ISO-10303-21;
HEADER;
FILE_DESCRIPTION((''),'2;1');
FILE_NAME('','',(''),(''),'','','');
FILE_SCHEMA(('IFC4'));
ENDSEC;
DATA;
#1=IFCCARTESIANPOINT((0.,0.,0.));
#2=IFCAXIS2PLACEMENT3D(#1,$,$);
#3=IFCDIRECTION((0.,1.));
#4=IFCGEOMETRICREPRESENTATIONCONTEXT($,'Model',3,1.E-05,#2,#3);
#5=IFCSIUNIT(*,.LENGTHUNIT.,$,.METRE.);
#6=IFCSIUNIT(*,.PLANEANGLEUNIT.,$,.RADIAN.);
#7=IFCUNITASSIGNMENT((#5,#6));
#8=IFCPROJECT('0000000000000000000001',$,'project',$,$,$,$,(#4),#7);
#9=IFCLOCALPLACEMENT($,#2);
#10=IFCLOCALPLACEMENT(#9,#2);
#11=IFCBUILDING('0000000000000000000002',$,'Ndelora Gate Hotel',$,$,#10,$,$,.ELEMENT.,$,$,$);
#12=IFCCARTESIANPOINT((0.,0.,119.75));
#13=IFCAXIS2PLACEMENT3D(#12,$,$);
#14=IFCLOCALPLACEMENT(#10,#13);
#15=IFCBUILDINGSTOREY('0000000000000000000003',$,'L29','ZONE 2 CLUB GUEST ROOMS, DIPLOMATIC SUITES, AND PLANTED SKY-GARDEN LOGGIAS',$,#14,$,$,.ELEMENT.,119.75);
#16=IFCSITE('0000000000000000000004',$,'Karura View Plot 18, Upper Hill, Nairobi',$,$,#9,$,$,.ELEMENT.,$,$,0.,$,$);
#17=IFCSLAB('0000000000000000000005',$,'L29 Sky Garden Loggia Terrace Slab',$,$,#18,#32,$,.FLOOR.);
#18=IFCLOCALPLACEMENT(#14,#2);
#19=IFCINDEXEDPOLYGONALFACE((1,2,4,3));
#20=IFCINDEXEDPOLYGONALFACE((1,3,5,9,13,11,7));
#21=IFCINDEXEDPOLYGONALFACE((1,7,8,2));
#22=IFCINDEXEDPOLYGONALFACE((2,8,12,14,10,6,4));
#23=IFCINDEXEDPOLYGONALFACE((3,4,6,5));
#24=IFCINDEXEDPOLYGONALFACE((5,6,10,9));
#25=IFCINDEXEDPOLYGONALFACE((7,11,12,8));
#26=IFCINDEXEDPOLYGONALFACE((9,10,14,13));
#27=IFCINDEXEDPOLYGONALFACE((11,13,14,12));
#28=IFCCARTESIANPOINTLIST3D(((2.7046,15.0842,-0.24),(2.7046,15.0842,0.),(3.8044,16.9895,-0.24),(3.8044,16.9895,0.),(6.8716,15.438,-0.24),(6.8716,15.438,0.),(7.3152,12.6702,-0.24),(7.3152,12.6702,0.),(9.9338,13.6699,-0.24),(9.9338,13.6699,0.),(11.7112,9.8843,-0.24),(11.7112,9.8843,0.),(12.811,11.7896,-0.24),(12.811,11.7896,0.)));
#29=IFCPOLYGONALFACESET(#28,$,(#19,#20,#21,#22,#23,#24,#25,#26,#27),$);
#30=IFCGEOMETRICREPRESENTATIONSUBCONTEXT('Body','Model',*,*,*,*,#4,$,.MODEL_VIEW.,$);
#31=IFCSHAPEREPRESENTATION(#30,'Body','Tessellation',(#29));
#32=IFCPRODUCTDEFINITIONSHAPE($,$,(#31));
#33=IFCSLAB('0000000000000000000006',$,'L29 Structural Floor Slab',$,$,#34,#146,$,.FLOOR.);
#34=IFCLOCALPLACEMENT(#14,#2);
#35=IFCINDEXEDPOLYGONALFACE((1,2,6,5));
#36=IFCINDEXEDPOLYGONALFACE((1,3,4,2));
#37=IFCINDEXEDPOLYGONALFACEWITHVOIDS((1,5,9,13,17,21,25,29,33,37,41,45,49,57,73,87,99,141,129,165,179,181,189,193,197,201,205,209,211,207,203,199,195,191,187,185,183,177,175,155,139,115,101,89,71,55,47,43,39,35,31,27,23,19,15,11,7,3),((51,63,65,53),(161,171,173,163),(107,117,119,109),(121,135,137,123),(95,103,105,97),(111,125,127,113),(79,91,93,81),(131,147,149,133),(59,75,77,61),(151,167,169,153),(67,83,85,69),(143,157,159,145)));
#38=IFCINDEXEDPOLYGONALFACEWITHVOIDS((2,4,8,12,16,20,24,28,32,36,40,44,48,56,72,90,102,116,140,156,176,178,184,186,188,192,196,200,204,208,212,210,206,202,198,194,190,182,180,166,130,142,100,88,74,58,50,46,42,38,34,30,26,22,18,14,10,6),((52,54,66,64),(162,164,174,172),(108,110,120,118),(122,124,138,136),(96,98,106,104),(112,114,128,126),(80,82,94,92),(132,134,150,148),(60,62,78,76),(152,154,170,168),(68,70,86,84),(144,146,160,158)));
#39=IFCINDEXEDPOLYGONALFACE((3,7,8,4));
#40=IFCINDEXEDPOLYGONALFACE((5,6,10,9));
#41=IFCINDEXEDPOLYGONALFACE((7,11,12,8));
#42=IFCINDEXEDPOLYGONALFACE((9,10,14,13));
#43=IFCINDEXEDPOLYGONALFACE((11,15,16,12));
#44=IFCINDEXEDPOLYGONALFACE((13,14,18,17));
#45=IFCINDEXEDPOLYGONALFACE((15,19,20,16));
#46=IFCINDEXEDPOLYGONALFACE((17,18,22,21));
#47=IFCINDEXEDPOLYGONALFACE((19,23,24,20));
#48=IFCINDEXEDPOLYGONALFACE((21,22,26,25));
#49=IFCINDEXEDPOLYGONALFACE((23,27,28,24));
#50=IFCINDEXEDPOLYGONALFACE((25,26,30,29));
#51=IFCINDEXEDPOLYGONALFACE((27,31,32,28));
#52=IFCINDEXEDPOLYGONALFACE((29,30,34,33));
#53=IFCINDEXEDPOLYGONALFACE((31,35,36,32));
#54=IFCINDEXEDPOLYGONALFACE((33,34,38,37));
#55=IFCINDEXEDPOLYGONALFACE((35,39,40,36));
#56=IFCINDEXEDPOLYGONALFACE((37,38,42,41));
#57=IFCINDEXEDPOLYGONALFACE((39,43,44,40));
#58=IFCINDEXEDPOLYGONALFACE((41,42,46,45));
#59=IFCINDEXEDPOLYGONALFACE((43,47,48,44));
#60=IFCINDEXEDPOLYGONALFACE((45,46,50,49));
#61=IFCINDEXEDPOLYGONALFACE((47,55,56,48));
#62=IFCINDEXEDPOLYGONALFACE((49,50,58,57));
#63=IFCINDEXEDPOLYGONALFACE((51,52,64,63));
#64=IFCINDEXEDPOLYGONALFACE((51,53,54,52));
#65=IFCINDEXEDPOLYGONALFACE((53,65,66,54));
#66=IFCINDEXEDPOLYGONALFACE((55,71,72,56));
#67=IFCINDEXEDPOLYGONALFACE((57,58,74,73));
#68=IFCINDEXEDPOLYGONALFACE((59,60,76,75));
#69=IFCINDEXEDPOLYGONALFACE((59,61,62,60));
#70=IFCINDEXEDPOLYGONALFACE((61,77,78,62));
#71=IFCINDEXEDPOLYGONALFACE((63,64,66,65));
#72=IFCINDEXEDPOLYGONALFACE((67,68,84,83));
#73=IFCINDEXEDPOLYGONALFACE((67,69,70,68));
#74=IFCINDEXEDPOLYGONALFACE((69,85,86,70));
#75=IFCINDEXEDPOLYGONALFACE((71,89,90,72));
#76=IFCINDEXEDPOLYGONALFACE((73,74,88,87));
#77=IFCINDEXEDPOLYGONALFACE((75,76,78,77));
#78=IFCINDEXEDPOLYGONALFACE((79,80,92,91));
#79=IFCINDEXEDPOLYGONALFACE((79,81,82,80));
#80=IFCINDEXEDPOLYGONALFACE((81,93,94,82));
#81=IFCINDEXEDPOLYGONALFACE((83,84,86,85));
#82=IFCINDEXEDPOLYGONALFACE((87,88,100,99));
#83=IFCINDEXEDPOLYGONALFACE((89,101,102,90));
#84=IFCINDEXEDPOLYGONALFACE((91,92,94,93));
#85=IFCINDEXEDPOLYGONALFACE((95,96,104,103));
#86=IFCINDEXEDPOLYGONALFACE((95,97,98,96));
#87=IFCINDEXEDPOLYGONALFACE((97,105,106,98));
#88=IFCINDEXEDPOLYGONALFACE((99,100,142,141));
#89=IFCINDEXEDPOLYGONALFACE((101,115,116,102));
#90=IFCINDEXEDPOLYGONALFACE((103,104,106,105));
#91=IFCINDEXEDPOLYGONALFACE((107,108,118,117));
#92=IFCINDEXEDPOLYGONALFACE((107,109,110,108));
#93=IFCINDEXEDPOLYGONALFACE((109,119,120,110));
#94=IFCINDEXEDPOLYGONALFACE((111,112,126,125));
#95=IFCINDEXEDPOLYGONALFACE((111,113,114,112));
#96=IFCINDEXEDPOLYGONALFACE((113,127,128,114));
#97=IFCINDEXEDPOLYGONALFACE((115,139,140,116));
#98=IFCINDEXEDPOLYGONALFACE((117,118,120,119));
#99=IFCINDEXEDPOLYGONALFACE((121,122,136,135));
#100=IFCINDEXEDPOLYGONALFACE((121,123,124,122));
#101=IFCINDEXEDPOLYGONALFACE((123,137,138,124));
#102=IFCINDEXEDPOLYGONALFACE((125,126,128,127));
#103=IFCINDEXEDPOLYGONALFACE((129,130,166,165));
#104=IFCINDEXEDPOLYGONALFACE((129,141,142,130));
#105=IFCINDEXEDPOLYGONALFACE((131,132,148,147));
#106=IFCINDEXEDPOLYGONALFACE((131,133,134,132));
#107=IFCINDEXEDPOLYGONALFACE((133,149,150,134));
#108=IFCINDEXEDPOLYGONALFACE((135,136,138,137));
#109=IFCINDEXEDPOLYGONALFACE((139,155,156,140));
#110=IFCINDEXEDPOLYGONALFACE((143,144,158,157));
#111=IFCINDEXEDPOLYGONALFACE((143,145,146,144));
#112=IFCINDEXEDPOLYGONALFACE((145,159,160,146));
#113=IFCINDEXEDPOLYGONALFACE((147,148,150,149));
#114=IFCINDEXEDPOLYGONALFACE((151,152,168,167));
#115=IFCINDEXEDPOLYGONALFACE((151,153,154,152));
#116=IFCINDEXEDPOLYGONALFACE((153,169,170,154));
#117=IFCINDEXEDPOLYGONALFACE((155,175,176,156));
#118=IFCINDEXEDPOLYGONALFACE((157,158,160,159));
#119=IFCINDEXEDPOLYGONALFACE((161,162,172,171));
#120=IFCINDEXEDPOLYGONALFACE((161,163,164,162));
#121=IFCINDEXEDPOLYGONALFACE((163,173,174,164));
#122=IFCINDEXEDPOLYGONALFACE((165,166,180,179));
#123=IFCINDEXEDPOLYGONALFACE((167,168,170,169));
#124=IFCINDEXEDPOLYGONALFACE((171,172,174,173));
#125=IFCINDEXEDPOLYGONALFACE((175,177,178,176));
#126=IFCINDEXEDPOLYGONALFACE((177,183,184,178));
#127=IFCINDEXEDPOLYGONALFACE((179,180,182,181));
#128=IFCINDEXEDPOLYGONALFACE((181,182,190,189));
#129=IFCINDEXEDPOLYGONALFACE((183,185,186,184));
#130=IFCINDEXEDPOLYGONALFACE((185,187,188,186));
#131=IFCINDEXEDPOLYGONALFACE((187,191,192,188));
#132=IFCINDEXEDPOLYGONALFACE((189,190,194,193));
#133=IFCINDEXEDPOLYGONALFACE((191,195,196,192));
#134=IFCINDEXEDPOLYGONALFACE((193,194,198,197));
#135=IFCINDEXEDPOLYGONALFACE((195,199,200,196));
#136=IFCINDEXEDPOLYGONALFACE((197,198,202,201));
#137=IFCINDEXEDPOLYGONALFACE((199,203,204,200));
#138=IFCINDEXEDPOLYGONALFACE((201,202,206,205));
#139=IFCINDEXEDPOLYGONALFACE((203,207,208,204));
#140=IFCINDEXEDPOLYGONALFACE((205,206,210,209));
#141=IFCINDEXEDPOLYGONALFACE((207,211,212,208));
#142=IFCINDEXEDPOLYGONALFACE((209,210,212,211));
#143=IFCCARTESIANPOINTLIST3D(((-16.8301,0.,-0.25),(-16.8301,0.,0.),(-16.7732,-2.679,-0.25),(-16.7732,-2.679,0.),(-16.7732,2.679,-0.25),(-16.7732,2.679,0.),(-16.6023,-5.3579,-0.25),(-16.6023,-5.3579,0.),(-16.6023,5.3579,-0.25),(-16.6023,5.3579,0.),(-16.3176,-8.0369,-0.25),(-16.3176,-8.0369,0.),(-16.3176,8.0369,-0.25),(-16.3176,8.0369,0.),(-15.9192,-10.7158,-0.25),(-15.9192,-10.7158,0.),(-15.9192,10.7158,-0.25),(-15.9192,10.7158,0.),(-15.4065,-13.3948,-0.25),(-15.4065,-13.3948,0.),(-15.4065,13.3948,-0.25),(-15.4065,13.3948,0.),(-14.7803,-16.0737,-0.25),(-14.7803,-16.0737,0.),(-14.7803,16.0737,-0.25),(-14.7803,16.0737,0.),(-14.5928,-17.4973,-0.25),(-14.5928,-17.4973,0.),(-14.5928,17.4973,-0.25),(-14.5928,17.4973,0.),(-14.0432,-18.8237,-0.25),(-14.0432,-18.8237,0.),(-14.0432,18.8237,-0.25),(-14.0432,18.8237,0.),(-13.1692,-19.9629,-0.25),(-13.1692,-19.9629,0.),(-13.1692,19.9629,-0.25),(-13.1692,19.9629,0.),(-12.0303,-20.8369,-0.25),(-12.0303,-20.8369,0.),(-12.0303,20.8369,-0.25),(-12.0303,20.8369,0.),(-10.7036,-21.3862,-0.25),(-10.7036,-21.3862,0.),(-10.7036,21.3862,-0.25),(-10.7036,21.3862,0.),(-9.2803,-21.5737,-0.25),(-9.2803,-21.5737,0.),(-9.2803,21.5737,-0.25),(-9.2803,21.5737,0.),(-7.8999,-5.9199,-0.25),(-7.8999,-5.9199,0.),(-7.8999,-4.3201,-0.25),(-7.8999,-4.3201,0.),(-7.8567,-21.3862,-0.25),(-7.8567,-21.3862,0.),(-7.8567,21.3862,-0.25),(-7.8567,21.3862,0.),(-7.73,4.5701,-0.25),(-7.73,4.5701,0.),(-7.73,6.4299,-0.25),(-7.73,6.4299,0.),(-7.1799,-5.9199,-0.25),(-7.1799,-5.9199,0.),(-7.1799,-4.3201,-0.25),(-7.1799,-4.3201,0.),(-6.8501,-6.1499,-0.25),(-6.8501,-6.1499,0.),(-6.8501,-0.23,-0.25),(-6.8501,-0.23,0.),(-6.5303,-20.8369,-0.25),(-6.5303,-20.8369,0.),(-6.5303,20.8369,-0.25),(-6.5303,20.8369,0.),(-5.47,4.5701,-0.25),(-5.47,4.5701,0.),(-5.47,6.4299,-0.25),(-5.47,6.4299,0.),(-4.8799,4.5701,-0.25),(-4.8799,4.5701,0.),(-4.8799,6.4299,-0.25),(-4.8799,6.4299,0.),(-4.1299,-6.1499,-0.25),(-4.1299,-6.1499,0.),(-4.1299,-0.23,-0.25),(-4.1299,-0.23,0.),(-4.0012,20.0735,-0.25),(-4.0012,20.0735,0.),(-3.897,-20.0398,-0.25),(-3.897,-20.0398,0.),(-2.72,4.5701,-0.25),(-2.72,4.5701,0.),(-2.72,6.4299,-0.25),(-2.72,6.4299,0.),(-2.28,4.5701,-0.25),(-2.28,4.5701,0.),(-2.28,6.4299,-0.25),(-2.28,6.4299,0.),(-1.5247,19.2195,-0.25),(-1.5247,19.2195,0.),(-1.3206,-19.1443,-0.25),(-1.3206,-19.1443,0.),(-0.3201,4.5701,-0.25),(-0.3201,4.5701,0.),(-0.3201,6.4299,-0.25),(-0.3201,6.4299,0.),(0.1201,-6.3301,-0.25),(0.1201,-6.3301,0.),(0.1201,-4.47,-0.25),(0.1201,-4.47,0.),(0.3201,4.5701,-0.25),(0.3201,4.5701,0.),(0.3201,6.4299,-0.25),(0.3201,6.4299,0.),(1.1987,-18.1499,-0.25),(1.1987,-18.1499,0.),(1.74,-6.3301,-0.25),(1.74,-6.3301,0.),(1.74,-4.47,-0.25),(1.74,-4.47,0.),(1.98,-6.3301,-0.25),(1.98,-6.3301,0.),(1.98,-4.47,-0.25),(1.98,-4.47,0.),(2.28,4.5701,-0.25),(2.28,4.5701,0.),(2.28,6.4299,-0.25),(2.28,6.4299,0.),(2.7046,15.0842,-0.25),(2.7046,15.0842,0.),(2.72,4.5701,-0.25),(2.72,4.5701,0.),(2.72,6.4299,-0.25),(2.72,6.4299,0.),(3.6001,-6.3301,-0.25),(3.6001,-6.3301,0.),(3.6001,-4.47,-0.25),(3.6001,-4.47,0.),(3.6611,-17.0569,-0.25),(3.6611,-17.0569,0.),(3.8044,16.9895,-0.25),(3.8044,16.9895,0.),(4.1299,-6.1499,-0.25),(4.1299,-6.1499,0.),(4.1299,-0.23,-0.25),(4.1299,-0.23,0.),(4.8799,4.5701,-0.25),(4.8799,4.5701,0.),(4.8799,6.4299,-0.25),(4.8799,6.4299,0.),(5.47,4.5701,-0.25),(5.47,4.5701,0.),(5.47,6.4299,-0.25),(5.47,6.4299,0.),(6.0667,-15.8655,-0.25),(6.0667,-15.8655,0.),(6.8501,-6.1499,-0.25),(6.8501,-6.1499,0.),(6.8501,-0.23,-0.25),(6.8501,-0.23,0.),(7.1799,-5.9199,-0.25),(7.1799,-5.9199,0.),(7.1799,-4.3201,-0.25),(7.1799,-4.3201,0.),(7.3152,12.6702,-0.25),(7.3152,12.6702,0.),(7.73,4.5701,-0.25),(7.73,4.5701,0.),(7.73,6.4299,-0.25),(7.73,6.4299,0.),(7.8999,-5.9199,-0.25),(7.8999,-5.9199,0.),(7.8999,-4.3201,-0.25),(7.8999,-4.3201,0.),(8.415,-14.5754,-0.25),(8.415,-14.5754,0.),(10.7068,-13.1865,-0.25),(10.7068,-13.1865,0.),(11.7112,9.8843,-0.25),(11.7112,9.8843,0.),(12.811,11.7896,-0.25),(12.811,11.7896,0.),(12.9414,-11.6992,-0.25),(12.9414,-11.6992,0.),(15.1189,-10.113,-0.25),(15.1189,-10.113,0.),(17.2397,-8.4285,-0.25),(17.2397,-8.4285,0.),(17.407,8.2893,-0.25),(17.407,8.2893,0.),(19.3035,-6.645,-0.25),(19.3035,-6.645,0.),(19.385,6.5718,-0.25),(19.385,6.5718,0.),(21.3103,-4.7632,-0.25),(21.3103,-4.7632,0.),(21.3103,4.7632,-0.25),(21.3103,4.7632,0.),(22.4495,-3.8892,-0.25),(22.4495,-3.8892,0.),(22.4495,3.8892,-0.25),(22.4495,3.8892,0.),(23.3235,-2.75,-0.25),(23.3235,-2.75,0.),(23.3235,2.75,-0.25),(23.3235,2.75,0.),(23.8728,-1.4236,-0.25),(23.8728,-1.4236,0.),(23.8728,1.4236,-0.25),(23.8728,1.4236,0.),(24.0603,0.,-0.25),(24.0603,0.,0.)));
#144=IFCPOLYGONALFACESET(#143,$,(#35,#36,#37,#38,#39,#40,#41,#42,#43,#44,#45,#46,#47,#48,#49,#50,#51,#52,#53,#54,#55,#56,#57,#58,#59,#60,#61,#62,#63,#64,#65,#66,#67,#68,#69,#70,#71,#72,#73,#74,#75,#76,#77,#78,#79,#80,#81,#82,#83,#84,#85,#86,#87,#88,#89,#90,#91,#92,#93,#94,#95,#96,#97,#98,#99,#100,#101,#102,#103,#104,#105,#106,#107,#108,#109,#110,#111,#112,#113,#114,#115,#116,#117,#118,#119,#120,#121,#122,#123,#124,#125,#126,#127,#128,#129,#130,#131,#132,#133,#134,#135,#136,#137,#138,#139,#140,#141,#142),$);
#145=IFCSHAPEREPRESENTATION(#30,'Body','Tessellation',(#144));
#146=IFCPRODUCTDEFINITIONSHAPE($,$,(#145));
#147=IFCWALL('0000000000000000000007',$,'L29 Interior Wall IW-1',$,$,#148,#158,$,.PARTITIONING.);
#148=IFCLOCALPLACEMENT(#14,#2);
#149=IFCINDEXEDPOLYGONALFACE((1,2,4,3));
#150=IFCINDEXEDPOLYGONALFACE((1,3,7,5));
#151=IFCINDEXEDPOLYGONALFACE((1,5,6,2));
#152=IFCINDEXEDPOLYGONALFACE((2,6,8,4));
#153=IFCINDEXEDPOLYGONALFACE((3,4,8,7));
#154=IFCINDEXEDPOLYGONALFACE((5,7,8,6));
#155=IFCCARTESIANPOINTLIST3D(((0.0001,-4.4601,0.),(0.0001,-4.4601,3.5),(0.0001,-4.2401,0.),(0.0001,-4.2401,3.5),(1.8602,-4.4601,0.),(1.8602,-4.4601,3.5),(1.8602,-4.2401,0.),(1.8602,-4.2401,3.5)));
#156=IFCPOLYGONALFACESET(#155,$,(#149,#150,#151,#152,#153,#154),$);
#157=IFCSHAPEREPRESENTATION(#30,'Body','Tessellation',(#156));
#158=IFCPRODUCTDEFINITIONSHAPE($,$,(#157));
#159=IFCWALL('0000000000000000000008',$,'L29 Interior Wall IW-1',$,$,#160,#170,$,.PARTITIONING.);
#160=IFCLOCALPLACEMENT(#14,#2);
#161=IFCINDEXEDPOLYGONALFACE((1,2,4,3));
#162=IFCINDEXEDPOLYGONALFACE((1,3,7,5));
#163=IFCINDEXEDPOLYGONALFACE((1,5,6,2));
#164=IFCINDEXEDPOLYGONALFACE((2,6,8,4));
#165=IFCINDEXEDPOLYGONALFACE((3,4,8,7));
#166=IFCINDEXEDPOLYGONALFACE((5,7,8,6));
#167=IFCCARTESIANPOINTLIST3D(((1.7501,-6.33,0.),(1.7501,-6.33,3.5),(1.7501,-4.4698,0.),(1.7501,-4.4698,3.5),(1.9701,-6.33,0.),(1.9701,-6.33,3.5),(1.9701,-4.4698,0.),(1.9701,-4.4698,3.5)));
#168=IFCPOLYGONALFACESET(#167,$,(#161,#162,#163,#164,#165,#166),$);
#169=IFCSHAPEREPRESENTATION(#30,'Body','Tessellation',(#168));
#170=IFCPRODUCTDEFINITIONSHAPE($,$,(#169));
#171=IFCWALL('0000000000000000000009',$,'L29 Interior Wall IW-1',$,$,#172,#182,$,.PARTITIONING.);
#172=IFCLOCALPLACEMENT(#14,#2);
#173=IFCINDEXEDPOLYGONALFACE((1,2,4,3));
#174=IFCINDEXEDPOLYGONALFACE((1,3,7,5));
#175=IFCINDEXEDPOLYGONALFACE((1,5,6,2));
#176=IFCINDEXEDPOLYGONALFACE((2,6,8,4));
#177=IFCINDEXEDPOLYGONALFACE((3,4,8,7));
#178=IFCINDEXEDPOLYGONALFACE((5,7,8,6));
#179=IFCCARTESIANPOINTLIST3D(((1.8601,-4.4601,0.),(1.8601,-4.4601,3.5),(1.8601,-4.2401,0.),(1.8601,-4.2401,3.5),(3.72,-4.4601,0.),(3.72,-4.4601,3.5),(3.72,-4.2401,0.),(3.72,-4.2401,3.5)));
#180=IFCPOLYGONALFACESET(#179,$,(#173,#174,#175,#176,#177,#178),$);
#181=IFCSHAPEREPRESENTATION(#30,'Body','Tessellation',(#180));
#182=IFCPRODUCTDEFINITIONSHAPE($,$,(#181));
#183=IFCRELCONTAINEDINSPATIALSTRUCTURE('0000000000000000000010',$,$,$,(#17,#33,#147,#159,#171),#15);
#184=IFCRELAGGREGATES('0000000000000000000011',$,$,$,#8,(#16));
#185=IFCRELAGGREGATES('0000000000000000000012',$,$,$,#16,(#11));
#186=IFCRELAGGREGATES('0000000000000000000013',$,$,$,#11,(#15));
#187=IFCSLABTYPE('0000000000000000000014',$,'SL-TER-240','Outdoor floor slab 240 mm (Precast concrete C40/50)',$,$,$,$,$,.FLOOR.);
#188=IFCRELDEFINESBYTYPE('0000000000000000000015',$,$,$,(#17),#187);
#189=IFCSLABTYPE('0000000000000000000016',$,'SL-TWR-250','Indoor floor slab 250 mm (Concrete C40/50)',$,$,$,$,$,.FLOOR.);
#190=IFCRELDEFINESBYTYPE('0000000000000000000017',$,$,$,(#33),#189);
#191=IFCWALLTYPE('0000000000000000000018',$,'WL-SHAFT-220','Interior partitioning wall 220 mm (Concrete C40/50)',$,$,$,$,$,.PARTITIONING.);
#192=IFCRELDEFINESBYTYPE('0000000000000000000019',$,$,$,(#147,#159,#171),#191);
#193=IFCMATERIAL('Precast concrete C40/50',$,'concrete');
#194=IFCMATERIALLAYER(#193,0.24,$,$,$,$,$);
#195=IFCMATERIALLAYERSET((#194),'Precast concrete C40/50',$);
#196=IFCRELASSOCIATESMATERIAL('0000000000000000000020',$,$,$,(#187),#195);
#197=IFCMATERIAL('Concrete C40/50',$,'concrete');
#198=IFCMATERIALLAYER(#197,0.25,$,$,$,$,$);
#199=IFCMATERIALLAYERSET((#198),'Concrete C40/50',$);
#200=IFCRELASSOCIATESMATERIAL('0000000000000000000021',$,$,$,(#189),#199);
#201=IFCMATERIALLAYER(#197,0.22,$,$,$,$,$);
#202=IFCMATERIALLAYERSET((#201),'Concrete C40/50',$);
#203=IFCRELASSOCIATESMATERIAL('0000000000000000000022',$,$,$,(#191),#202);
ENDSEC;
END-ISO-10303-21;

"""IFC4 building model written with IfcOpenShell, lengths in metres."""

from ifc_helpers import new_model, si_unit, direction, frame, frame_2d, origin, place, context, subcontext, project, spatial, polyline, rectangle, outline, extrude, material, layer, layer_set, type_object, element, save


model = new_model("IFC4")

# Units and contexts
model_context = context("Model", 3, precision=1e-05, world=origin(), true_north=direction((0.0, 1.0)))
body_context = subcontext(model_context, "Body", "Model", "MODEL_VIEW")
ifc_project = project(units=[si_unit("LENGTHUNIT", "METRE"), si_unit("PLANEANGLEUNIT", "RADIAN")], contexts=[model_context])

# Site, building, storey
site_placement = place(None, origin())
site = spatial("IfcSite", under=ifc_project, at=site_placement, Name="Karura View Plot 18, Upper Hill, Nairobi", CompositionType="ELEMENT", RefElevation=0.0)
building_placement = place(site_placement, origin())
building = spatial("IfcBuilding", under=site, at=building_placement, Name="Ndelora Gate Hotel", CompositionType="ELEMENT")
storey_placement = place(building_placement, frame((0.0, 0.0, 119.75)))
storey = spatial("IfcBuildingStorey", under=building, at=storey_placement, Name="L29", Description="ZONE 2 CLUB GUEST ROOMS, DIPLOMATIC SUITES, AND PLANTED SKY-GARDEN LOGGIAS", CompositionType="ELEMENT", Elevation=119.75)

# Slabs
ifc_material_1 = material(Name="Precast concrete C40/50", Category="concrete")
ifc_layer_1 = layer(ifc_material_1, 0.24)
ifc_layer_set_1 = layer_set([ifc_layer_1], Name="Precast concrete C40/50")
slab_type_1 = type_object("IfcSlabType", Name="SL-TER-240", Description="Outdoor floor slab 240 mm (Precast concrete C40/50)", PredefinedType="FLOOR", material=ifc_layer_set_1)
slab_1_placement = place(storey_placement, frame((0.0, 0.0, -0.24)))
element("IfcSlab", 1, at=slab_1_placement, inside=storey, type_object=slab_type_1, Name="L29 Sky Garden Loggia Terrace Slab", PredefinedType="FLOOR", context=body_context, shape_type="SweptSolid", body=[
    extrude(outline(polyline([(11.7112, 9.8843), (12.811, 11.7896), (9.9338, 13.6699), (6.8716, 15.438), (3.8044, 16.9895), (2.7046, 15.0842), (7.3152, 12.6702), (11.7112, 9.8843)])), origin(), (0.0, 0.0, 1.0), 0.24),
])
ifc_material_2 = material(Name="Concrete C40/50", Category="concrete")
ifc_layer_2 = layer(ifc_material_2, 0.25)
ifc_layer_set_2 = layer_set([ifc_layer_2], Name="Concrete C40/50")
slab_type_2 = type_object("IfcSlabType", Name="SL-TWR-250", Description="Indoor floor slab 250 mm (Concrete C40/50)", PredefinedType="FLOOR", material=ifc_layer_set_2)
slab_2_placement = place(storey_placement, frame((0.0, 0.0, -0.25)))
element("IfcSlab", 2, at=slab_2_placement, inside=storey, type_object=slab_type_2, Name="L29 Structural Floor Slab", PredefinedType="FLOOR", context=body_context, shape_type="SweptSolid", body=[
    extrude(outline(polyline([(-6.5303, 20.8369), (-7.8567, 21.3862), (-9.2803, 21.5737), (-10.7036, 21.3862), (-12.0303, 20.8369), (-13.1692, 19.9629), (-14.0432, 18.8237), (-14.5928, 17.4973), (-14.7803, 16.0737), (-15.4065, 13.3948), (-15.9192, 10.7158), (-16.3176, 8.0369), (-16.6023, 5.3579), (-16.7732, 2.679), (-16.8301, 0.0), (-16.7732, -2.679), (-16.6023, -5.3579), (-16.3176, -8.0369), (-15.9192, -10.7158), (-15.4065, -13.3948), (-14.7803, -16.0737), (-14.5928, -17.4973), (-14.0432, -18.8237), (-13.1692, -19.9629), (-12.0303, -20.8369), (-10.7036, -21.3862), (-9.2803, -21.5737), (-7.8567, -21.3862), (-6.5303, -20.8369), (-3.897, -20.0398), (-1.3206, -19.1443), (1.1987, -18.1499), (3.6611, -17.0569), (6.0667, -15.8655), (8.415, -14.5754), (10.7068, -13.1865), (12.9414, -11.6992), (15.1189, -10.113), (17.2397, -8.4285), (19.3035, -6.645), (21.3103, -4.7632), (22.4495, -3.8892), (23.3235, -2.75), (23.8728, -1.4236), (24.0603, 0.0), (23.8728, 1.4236), (23.3235, 2.75), (22.4495, 3.8892), (21.3103, 4.7632), (19.385, 6.5718), (17.407, 8.2893), (12.811, 11.7896), (11.7112, 9.8843), (7.3152, 12.6702), (2.7046, 15.0842), (3.8044, 16.9895), (-1.5247, 19.2195), (-4.0012, 20.0735), (-6.5303, 20.8369)]), holes=[polyline([(-6.8501, -0.23), (-6.8501, -6.1499), (-4.1299, -6.1499), (-4.1299, -0.23), (-6.8501, -0.23)]), polyline([(4.1299, -0.23), (4.1299, -6.1499), (6.8501, -6.1499), (6.8501, -0.23), (4.1299, -0.23)]), polyline([(-7.73, 4.5701), (-5.47, 4.5701), (-5.47, 6.4299), (-7.73, 6.4299), (-7.73, 4.5701)]), polyline([(5.47, 4.5701), (7.73, 4.5701), (7.73, 6.4299), (5.47, 6.4299), (5.47, 4.5701)]), polyline([(-4.8799, 4.5701), (-2.72, 4.5701), (-2.72, 6.4299), (-4.8799, 6.4299), (-4.8799, 4.5701)]), polyline([(2.72, 4.5701), (4.8799, 4.5701), (4.8799, 6.4299), (2.72, 6.4299), (2.72, 4.5701)]), polyline([(0.1201, -6.3301), (1.74, -6.3301), (1.74, -4.47), (0.1201, -4.47), (0.1201, -6.3301)]), polyline([(1.98, -6.3301), (3.6001, -6.3301), (3.6001, -4.47), (1.98, -4.47), (1.98, -6.3301)]), polyline([(-2.28, 4.5701), (-0.3201, 4.5701), (-0.3201, 6.4299), (-2.28, 6.4299), (-2.28, 4.5701)]), polyline([(0.3201, 4.5701), (2.28, 4.5701), (2.28, 6.4299), (0.3201, 6.4299), (0.3201, 4.5701)]), polyline([(-7.8999, -5.9199), (-7.1799, -5.9199), (-7.1799, -4.3201), (-7.8999, -4.3201), (-7.8999, -5.9199)]), polyline([(7.1799, -5.9199), (7.8999, -5.9199), (7.8999, -4.3201), (7.1799, -4.3201), (7.1799, -5.9199)])]), origin(), (0.0, 0.0, 1.0), 0.25),
])

# Walls
ifc_layer_3 = layer(ifc_material_2, 0.22)
ifc_layer_set_3 = layer_set([ifc_layer_3], Name="Concrete C40/50")
wall_type_1 = type_object("IfcWallType", Name="WL-SHAFT-220", Description="Interior partitioning wall 220 mm (Concrete C40/50)", PredefinedType="PARTITIONING", material=ifc_layer_set_3)
for number, where, z_axis, x_axis, name in (
    (3, (0.0, -4.3501, 0.0), (0.0, 0.0, 1.0), (1.0, 0.0, 0.0), "L29 Interior Wall IW-1"),
    (4, (1.8601, -6.3301, 0.0), (0.0, 0.0, 1.0), (0.0, 1.0, 0.0), "L29 Interior Wall IW-1"),
):
    element("IfcWall", number, at=place(storey_placement, frame(where, z_axis=z_axis, x_axis=x_axis)), inside=storey, type_object=wall_type_1, Name=name, PredefinedType="PARTITIONING", context=body_context, shape_type="SweptSolid", body=[
        extrude(rectangle(XDim=1.8601, YDim=0.22, at=frame_2d((0.9302, 0.0))), origin(), (0.0, 0.0, 1.0), 3.5),
    ])
wall_1_placement = place(storey_placement, frame((1.8601, -4.3501, 0.0), z_axis=(0.0, 0.0, 1.0), x_axis=(1.0, 0.0, 0.0)))
element("IfcWall", 5, at=wall_1_placement, inside=storey, type_object=wall_type_1, Name="L29 Interior Wall IW-1", PredefinedType="PARTITIONING", context=body_context, shape_type="SweptSolid", body=[
    extrude(rectangle(XDim=1.8599, YDim=0.22, at=frame_2d((0.9299, 0.0))), origin(), (0.0, 0.0, 1.0), 3.5),
])

save(model, "model.ifc")
